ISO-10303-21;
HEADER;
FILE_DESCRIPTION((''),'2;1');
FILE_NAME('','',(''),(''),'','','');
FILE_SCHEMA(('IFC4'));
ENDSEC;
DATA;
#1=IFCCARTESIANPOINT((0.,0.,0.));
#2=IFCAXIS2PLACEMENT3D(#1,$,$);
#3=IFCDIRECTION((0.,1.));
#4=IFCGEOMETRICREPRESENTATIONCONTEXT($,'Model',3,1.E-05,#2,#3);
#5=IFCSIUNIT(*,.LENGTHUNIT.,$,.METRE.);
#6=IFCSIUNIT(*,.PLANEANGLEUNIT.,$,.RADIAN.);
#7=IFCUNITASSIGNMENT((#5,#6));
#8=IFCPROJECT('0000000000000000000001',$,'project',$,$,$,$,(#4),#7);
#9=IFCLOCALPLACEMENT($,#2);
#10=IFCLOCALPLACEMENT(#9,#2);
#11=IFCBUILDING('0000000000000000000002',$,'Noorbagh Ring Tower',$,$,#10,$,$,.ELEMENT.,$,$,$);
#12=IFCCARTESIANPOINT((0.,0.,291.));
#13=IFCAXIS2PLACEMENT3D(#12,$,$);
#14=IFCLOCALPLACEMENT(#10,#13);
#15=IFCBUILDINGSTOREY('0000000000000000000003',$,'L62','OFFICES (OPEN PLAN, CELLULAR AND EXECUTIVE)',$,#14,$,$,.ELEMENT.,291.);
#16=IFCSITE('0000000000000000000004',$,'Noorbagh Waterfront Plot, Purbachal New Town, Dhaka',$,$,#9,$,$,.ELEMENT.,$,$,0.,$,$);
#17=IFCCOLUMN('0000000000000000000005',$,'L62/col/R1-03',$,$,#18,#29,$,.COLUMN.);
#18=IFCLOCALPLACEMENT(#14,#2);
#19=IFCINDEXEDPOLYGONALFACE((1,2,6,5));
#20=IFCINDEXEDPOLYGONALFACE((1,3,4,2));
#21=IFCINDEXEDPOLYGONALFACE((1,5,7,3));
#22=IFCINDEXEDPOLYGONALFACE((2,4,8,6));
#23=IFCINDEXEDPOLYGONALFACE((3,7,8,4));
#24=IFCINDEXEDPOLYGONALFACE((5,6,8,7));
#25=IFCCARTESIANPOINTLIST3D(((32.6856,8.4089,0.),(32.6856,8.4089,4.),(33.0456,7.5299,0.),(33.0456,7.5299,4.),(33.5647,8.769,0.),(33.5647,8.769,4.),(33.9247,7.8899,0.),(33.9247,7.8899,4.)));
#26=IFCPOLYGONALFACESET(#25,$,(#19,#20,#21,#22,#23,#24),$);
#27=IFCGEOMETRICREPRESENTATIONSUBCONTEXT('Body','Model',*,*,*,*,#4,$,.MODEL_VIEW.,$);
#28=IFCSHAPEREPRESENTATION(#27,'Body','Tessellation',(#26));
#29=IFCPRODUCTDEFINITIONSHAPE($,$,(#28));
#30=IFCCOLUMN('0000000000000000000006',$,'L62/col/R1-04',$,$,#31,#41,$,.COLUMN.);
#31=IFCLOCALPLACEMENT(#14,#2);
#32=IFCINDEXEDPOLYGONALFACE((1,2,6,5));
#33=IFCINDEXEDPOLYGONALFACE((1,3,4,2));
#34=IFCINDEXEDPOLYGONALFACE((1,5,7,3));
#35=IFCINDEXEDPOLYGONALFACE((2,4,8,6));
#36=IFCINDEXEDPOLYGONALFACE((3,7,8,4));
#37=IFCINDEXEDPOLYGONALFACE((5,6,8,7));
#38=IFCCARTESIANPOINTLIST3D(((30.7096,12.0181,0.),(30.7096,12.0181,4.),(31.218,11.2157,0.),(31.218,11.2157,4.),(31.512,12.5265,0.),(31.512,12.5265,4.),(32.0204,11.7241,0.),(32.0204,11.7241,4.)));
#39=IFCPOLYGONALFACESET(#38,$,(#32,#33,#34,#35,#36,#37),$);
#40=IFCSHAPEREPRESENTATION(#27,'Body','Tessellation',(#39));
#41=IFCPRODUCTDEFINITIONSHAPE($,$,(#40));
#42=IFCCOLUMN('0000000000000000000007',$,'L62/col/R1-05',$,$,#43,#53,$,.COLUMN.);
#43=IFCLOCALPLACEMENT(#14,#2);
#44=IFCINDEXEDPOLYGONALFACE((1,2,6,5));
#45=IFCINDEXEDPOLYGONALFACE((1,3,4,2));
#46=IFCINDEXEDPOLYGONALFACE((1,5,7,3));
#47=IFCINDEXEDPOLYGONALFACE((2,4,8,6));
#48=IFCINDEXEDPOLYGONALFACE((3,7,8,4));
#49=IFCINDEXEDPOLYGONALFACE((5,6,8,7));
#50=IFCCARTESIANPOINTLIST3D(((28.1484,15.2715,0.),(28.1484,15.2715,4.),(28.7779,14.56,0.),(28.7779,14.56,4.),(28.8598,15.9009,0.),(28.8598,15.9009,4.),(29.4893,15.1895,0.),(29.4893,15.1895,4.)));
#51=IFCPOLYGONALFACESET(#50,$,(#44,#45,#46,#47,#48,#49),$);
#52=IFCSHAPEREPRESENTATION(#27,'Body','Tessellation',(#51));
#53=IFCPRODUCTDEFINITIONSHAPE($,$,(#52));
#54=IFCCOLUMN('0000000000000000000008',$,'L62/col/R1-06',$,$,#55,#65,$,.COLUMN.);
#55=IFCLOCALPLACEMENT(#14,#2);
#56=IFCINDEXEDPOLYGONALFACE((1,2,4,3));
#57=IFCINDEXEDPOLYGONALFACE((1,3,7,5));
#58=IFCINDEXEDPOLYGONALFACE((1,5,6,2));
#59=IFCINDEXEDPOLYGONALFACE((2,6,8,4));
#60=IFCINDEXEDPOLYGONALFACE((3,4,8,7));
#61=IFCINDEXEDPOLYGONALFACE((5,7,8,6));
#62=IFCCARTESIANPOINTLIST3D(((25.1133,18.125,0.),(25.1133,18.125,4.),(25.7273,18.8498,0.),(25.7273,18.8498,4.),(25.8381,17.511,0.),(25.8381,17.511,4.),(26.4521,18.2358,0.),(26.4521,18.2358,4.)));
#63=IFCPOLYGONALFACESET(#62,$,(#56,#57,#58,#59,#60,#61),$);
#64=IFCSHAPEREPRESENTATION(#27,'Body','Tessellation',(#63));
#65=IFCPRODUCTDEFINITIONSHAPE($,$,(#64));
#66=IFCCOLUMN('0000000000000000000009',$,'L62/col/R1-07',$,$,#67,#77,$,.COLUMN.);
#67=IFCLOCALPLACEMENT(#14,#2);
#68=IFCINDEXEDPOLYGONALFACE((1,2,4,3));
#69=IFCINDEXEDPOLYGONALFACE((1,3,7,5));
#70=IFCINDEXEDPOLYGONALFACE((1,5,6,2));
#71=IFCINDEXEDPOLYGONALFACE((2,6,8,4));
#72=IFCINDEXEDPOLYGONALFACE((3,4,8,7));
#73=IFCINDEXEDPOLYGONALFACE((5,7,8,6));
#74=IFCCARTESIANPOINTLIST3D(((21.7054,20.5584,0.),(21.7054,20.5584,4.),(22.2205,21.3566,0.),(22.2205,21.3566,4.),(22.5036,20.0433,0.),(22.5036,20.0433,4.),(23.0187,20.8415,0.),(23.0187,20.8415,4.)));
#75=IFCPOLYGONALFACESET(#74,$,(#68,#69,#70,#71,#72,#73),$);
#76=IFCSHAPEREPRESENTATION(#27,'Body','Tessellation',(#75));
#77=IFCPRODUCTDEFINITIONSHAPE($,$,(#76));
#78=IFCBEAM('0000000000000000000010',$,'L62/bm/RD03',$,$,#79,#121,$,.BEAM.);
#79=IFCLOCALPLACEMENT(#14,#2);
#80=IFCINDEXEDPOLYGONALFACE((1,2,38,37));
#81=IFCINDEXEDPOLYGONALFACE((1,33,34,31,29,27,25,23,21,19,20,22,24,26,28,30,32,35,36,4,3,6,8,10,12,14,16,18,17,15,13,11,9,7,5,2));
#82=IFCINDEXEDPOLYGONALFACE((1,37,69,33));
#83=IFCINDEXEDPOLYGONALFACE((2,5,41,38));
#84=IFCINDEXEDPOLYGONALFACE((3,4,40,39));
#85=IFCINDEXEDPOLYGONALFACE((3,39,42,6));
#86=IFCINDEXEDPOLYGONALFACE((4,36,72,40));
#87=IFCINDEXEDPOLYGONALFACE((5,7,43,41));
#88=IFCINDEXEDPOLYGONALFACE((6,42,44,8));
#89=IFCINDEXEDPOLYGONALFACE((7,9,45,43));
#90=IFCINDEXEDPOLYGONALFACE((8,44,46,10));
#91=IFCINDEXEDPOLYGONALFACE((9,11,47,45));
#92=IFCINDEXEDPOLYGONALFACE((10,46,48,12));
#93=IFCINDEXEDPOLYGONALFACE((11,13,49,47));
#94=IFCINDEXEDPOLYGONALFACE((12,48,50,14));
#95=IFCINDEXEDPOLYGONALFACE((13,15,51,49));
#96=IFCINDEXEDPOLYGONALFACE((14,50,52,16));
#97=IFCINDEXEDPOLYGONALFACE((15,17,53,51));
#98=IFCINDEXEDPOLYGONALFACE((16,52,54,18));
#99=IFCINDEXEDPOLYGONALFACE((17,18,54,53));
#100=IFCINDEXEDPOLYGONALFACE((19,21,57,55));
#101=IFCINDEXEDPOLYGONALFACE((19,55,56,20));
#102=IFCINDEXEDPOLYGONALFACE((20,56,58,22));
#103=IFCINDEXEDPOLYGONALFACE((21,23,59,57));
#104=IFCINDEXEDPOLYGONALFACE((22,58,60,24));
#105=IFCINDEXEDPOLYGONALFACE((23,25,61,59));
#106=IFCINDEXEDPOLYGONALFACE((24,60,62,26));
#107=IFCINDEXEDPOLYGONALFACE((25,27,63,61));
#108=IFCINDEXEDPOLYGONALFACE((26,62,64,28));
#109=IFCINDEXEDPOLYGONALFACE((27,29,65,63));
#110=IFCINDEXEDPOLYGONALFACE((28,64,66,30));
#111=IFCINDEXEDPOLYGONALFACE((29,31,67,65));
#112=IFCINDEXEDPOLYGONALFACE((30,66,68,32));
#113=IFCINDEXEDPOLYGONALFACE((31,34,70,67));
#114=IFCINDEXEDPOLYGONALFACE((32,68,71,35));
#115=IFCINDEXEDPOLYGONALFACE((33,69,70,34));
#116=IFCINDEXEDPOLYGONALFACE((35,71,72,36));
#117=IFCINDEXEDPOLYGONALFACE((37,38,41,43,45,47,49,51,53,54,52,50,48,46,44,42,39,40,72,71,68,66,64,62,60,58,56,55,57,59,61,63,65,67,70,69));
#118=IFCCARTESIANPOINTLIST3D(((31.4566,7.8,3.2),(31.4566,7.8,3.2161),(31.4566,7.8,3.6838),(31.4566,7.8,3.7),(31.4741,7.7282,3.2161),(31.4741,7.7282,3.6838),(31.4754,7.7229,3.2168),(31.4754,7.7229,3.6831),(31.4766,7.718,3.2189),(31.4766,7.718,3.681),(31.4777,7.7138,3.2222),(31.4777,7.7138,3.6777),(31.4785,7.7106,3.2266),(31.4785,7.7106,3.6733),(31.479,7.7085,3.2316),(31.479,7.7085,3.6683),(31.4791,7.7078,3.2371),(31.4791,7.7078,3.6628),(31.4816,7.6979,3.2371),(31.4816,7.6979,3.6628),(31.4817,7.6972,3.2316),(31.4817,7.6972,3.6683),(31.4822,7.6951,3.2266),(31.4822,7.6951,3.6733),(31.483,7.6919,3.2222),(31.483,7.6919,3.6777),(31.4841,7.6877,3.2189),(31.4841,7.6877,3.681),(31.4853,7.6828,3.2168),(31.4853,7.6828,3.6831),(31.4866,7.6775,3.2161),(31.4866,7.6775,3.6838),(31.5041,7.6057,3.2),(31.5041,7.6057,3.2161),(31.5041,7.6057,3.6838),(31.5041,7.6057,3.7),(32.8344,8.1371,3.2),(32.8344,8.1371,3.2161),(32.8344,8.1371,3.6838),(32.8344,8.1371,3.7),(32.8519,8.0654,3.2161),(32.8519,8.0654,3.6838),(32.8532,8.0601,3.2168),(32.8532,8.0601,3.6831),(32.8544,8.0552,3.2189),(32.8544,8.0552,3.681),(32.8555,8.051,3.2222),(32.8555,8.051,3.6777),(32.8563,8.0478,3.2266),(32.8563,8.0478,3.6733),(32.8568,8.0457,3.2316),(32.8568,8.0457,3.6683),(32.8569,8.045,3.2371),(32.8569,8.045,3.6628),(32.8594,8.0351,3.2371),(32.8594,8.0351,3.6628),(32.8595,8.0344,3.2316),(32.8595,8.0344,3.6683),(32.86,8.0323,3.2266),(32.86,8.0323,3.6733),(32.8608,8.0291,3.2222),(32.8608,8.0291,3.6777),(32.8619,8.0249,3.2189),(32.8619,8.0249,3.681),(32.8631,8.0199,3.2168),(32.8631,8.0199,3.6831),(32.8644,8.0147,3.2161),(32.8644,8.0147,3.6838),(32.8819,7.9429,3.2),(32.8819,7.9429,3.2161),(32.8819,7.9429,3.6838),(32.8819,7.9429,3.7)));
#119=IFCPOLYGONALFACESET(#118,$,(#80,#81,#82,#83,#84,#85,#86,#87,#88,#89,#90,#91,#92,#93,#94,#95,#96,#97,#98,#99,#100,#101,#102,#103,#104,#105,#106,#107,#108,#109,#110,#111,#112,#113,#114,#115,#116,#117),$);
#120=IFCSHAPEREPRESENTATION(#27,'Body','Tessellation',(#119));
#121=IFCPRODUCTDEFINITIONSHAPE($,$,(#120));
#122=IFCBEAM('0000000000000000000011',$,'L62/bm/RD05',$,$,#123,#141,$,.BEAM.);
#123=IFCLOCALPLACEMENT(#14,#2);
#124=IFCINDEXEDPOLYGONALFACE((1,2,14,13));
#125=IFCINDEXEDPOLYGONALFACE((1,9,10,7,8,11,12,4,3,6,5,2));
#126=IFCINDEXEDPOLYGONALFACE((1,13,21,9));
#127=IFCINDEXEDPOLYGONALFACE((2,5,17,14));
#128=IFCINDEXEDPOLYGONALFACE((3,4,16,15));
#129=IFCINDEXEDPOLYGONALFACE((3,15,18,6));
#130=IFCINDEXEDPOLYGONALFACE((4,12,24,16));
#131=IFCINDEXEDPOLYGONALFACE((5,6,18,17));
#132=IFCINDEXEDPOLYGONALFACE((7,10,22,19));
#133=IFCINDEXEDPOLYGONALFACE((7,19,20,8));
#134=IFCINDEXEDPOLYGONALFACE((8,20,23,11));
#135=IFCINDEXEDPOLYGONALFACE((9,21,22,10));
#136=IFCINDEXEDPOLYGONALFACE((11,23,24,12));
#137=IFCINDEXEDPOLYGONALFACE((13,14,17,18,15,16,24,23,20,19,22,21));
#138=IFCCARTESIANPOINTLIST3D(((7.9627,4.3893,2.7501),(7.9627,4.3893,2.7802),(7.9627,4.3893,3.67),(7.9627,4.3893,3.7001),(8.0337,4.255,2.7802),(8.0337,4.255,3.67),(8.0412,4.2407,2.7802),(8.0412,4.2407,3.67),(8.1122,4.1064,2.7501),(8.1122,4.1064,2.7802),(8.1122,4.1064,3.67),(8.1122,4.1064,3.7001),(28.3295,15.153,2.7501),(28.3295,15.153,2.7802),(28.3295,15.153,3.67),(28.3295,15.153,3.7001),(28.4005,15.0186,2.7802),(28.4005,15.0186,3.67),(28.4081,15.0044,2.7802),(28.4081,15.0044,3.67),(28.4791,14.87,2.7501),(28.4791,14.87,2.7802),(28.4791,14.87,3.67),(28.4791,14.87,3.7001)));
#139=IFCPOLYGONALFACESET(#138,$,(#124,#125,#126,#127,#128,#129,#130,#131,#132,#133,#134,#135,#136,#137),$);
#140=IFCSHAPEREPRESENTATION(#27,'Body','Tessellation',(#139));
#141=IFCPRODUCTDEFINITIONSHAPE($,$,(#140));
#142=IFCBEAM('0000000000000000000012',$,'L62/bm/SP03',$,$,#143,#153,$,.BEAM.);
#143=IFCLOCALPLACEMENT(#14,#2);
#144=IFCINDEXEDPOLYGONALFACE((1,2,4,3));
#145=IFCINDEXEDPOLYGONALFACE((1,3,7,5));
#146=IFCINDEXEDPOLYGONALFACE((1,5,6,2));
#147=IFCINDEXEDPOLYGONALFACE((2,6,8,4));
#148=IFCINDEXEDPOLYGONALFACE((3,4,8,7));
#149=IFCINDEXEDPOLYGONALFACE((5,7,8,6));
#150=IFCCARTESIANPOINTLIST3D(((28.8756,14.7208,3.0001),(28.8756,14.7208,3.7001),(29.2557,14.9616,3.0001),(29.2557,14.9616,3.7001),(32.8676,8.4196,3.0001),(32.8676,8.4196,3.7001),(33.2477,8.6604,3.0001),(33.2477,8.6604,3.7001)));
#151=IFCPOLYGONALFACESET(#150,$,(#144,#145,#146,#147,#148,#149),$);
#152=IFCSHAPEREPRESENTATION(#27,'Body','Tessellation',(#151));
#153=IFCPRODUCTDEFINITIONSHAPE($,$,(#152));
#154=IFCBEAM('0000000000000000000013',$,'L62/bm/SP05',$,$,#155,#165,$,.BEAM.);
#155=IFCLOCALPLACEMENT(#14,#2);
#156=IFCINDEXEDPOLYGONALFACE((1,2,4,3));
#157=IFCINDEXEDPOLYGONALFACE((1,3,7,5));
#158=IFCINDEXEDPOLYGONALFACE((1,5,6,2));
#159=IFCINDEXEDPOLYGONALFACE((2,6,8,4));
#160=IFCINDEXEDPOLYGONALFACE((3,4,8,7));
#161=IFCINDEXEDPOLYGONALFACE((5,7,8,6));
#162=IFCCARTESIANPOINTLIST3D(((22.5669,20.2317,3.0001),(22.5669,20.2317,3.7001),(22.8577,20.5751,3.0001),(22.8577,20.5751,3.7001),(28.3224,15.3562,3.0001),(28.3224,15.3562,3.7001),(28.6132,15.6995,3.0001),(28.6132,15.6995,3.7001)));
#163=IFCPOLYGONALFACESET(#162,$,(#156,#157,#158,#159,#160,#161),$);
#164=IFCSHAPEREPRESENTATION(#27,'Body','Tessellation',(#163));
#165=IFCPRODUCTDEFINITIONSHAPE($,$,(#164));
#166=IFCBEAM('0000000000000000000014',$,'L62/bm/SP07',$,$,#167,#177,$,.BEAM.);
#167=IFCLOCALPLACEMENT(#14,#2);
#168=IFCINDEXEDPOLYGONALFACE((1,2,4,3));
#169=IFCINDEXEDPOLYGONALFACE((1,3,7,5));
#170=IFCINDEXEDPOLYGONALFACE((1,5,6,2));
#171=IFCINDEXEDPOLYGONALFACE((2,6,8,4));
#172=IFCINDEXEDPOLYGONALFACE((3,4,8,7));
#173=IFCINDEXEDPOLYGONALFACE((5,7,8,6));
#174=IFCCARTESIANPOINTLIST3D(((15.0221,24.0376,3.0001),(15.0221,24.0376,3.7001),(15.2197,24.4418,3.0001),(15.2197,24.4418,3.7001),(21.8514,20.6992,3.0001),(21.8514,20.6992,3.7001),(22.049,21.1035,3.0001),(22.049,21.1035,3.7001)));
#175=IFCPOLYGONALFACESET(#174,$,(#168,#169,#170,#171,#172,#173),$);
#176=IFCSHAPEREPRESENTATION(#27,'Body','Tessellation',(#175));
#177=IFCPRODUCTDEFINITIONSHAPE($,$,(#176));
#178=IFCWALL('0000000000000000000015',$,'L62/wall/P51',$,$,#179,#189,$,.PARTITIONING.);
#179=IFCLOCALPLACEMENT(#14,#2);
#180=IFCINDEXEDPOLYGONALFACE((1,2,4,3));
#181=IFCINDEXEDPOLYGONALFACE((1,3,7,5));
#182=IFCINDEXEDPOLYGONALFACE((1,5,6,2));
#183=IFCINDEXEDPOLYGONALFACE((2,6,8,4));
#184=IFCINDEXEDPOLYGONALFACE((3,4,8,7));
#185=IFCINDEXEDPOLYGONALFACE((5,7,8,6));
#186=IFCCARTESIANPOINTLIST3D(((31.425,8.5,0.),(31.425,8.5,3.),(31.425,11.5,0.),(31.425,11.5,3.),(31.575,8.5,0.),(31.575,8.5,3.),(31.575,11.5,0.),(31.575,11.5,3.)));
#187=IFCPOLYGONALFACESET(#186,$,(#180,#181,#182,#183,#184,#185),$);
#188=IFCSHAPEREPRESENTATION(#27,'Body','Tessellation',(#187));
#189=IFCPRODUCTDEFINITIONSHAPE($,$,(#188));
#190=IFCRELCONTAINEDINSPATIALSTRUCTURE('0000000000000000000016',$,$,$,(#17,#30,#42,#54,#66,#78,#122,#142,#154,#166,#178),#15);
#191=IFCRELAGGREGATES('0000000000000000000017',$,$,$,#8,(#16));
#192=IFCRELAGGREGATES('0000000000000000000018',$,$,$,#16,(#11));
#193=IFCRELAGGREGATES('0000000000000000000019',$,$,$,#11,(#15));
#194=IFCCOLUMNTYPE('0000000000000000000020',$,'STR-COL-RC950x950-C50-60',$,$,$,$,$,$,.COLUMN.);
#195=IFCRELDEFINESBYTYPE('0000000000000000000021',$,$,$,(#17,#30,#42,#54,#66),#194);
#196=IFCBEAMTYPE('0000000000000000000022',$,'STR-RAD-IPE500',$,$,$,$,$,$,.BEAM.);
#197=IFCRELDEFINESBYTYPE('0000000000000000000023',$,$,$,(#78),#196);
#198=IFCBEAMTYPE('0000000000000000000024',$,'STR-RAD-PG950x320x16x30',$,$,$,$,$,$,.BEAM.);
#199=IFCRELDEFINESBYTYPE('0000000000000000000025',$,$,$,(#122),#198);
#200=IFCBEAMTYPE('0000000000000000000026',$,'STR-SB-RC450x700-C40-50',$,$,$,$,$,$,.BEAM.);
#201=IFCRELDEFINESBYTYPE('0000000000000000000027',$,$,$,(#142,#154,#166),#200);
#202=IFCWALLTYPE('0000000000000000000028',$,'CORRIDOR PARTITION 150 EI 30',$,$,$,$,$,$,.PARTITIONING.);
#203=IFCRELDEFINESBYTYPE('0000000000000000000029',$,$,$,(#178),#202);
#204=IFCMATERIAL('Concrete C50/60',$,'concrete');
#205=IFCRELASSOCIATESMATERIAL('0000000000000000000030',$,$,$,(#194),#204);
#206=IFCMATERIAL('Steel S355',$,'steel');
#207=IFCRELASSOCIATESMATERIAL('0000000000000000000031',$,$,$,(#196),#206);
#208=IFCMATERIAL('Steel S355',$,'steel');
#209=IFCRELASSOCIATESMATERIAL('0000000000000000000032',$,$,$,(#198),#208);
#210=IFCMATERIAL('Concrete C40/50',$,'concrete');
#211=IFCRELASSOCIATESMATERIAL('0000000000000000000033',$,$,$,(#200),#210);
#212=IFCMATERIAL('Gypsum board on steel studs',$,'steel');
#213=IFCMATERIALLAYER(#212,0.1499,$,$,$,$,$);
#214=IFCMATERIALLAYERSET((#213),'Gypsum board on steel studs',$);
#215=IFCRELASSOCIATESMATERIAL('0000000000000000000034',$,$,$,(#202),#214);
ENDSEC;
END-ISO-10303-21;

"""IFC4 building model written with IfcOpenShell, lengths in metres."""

from ifc_helpers import new_model, si_unit, direction, frame, frame_2d, origin, origin_2d, place, context, subcontext, project, spatial, rectangle, i_section, extrude, material, layer, layer_set, material_profile, profile_set, type_object, element, save


model = new_model("IFC4")

# Units and contexts
model_context = context("Model", 3, precision=1e-05, world=origin(), true_north=direction((0.0, 1.0)))
body_context = subcontext(model_context, "Body", "Model", "MODEL_VIEW")
ifc_project = project(units=[si_unit("LENGTHUNIT", "METRE"), si_unit("PLANEANGLEUNIT", "RADIAN")], contexts=[model_context])

# Site, building, storey
site_placement = place(None, origin())
site = spatial("IfcSite", under=ifc_project, at=site_placement, Name="Noorbagh Waterfront Plot, Purbachal New Town, Dhaka", CompositionType="ELEMENT", RefElevation=0.0)
building_placement = place(site_placement, origin())
building = spatial("IfcBuilding", under=site, at=building_placement, Name="Noorbagh Ring Tower", CompositionType="ELEMENT")
storey_placement = place(building_placement, frame((0.0, 0.0, 291.0)))
storey = spatial("IfcBuildingStorey", under=building, at=storey_placement, Name="L62", Description="OFFICES (OPEN PLAN, CELLULAR AND EXECUTIVE)", CompositionType="ELEMENT", Elevation=291.0)

# Columns
ifc_material_1 = material(Name="Concrete C50/60", Category="concrete")
ifc_material_profile_1 = material_profile(ifc_material_1, rectangle(XDim=0.95, YDim=0.95, at=origin_2d()), Name="RC950x950")
ifc_profile_set_1 = profile_set([ifc_material_profile_1], Name="Concrete C50/60")
column_type = type_object("IfcColumnType", Name="STR-COL-RC950x950-C50-60", PredefinedType="COLUMN", material=ifc_profile_set_1)
for number, where, z_axis, x_axis, name in (
    (1, (33.3052, 8.1494, 0.0), (0.0, 0.0, 1.0), (-0.378989, 0.925401, 0.0), "L62/col/R1-03"),
    (2, (31.365, 11.8711, 0.0), (0.0, 0.0, 1.0), (-0.53519, 0.844731, 0.0), "L62/col/R1-04"),
    (3, (28.8188, 15.2305, 0.0), (0.0, 0.0, 1.0), (-0.662636, 0.748942, 0.0), "L62/col/R1-05"),
    (4, (25.7827, 18.1804, 0.0), (0.0, 0.0, 1.0), (-0.763035, 0.646357, 0.0), "L62/col/R1-06"),
    (5, (22.3621, 20.7, 0.0), (0.0, 0.0, 1.0), (-0.840248, 0.542203, 0.0), "L62/col/R1-07"),
):
    element("IfcColumn", number, at=place(storey_placement, frame(where, z_axis=z_axis, x_axis=x_axis)), inside=storey, type_object=column_type, Name=name, PredefinedType="COLUMN", context=body_context, shape_type="SweptSolid", body=[
        extrude(rectangle(XDim=0.95, YDim=0.95, at=origin_2d()), origin(), (0.0, 0.0, 1.0), 4.0),
    ])

# Beams
ifc_material_2 = material(Name="Steel S355", Category="steel")
ifc_material_profile_2 = material_profile(ifc_material_2, i_section(OverallWidth=0.2, OverallDepth=0.5, WebThickness=0.0103, FlangeThickness=0.0161, FilletRadius=0.021, at=origin_2d()), Name="IPE500")
ifc_profile_set_2 = profile_set([ifc_material_profile_2], Name="Steel S355")
beam_type_1 = type_object("IfcBeamType", Name="STR-RAD-IPE500", PredefinedType="BEAM", material=ifc_profile_set_2)
beam_1_placement = place(storey_placement, frame((32.8582, 8.04, 3.45), z_axis=(-0.971335, -0.237713, 0.0), x_axis=(0.237713, -0.971335, 0.0)))
element("IfcBeam", 6, at=beam_1_placement, inside=storey, type_object=beam_type_1, Name="L62/bm/RD03", PredefinedType="BEAM", context=body_context, shape_type="SweptSolid", body=[
    extrude(i_section(OverallWidth=0.2, OverallDepth=0.5, WebThickness=0.0103, FlangeThickness=0.0161, FilletRadius=0.021, at=origin_2d()), origin(), (0.0, 0.0, 1.0), 1.4185),
])
ifc_material_3 = material(Name="Steel S355", Category="steel")
ifc_material_profile_3 = material_profile(ifc_material_3, i_section(OverallWidth=0.3201, OverallDepth=0.95, WebThickness=0.0161, FlangeThickness=0.03, at=origin_2d()), Name="PG950x320x16x30")
ifc_profile_set_3 = profile_set([ifc_material_profile_3], Name="Steel S355")
beam_type_2 = type_object("IfcBeamType", Name="STR-RAD-PG950x320x16x30", PredefinedType="BEAM", material=ifc_profile_set_3)
beam_2_placement = place(storey_placement, frame((28.4043, 15.0115, 3.2251), z_axis=(-0.884126, -0.467249, 0.0), x_axis=(0.467249, -0.884126, 0.0)))
element("IfcBeam", 7, at=beam_2_placement, inside=storey, type_object=beam_type_2, Name="L62/bm/RD05", PredefinedType="BEAM", context=body_context, shape_type="SweptSolid", body=[
    extrude(i_section(OverallWidth=0.3201, OverallDepth=0.95, WebThickness=0.0161, FlangeThickness=0.03, at=origin_2d()), origin(), (0.0, 0.0, 1.0), 23.0361),
])
ifc_material_4 = material(Name="Concrete C40/50", Category="concrete")
ifc_material_profile_4 = material_profile(ifc_material_4, rectangle(XDim=0.45, YDim=0.7, at=origin_2d()), Name="RC450x700")
ifc_profile_set_4 = profile_set([ifc_material_profile_4], Name="Concrete C40/50")
beam_type_3 = type_object("IfcBeamType", Name="STR-SB-RC450x700-C40-50", PredefinedType="BEAM", material=ifc_profile_set_4)
beam_3_placement = place(storey_placement, frame((33.0576, 8.54, 3.3501), z_axis=(-0.535176, 0.844741, 0.0), x_axis=(-0.844741, -0.535176, 0.0)))
element("IfcBeam", 8, at=beam_3_placement, inside=storey, type_object=beam_type_3, Name="L62/bm/SP03", PredefinedType="BEAM", context=body_context, shape_type="SweptSolid", body=[
    extrude(rectangle(XDim=0.45, YDim=0.7, at=origin_2d()), origin(), (0.0, 0.0, 1.0), 7.4592),
])
beam_4_placement = place(storey_placement, frame((28.4678, 15.5278, 3.3501), z_axis=(-0.763023, 0.646372, 0.0), x_axis=(-0.646372, -0.763023, 0.0)))
element("IfcBeam", 9, at=beam_4_placement, inside=storey, type_object=beam_type_3, Name="L62/bm/SP05", PredefinedType="BEAM", context=body_context, shape_type="SweptSolid", body=[
    extrude(rectangle(XDim=0.45, YDim=0.7, at=origin_2d()), origin(), (0.0, 0.0, 1.0), 7.543),
])
beam_5_placement = place(storey_placement, frame((21.9502, 20.9014, 3.3501), z_axis=(-0.898406, 0.439166, 0.0), x_axis=(-0.439166, -0.898406, 0.0)))
element("IfcBeam", 10, at=beam_5_placement, inside=storey, type_object=beam_type_3, Name="L62/bm/SP07", PredefinedType="BEAM", context=body_context, shape_type="SweptSolid", body=[
    extrude(rectangle(XDim=0.45, YDim=0.7, at=origin_2d()), origin(), (0.0, 0.0, 1.0), 7.6016),
])

# Wall
ifc_material_5 = material(Name="Gypsum board on steel studs", Category="steel")
ifc_layer_1 = layer(ifc_material_5, 0.1499)
ifc_layer_set_1 = layer_set([ifc_layer_1], Name="Gypsum board on steel studs")
wall_type_1 = type_object("IfcWallType", Name="CORRIDOR PARTITION 150 EI 30", PredefinedType="PARTITIONING", material=ifc_layer_set_1)
wall_1_placement = place(storey_placement, frame((31.5, 8.5, 0.0), z_axis=(0.0, 0.0, 1.0), x_axis=(0.0, 1.0, 0.0)))
element("IfcWall", 11, at=wall_1_placement, inside=storey, type_object=wall_type_1, Name="L62/wall/P51", PredefinedType="PARTITIONING", context=body_context, shape_type="SweptSolid", body=[
    extrude(rectangle(XDim=3.0, YDim=0.1499, at=frame_2d((1.5, 0.0))), origin(), (0.0, 0.0, 1.0), 3.0),
])

save(model, "model.ifc")
